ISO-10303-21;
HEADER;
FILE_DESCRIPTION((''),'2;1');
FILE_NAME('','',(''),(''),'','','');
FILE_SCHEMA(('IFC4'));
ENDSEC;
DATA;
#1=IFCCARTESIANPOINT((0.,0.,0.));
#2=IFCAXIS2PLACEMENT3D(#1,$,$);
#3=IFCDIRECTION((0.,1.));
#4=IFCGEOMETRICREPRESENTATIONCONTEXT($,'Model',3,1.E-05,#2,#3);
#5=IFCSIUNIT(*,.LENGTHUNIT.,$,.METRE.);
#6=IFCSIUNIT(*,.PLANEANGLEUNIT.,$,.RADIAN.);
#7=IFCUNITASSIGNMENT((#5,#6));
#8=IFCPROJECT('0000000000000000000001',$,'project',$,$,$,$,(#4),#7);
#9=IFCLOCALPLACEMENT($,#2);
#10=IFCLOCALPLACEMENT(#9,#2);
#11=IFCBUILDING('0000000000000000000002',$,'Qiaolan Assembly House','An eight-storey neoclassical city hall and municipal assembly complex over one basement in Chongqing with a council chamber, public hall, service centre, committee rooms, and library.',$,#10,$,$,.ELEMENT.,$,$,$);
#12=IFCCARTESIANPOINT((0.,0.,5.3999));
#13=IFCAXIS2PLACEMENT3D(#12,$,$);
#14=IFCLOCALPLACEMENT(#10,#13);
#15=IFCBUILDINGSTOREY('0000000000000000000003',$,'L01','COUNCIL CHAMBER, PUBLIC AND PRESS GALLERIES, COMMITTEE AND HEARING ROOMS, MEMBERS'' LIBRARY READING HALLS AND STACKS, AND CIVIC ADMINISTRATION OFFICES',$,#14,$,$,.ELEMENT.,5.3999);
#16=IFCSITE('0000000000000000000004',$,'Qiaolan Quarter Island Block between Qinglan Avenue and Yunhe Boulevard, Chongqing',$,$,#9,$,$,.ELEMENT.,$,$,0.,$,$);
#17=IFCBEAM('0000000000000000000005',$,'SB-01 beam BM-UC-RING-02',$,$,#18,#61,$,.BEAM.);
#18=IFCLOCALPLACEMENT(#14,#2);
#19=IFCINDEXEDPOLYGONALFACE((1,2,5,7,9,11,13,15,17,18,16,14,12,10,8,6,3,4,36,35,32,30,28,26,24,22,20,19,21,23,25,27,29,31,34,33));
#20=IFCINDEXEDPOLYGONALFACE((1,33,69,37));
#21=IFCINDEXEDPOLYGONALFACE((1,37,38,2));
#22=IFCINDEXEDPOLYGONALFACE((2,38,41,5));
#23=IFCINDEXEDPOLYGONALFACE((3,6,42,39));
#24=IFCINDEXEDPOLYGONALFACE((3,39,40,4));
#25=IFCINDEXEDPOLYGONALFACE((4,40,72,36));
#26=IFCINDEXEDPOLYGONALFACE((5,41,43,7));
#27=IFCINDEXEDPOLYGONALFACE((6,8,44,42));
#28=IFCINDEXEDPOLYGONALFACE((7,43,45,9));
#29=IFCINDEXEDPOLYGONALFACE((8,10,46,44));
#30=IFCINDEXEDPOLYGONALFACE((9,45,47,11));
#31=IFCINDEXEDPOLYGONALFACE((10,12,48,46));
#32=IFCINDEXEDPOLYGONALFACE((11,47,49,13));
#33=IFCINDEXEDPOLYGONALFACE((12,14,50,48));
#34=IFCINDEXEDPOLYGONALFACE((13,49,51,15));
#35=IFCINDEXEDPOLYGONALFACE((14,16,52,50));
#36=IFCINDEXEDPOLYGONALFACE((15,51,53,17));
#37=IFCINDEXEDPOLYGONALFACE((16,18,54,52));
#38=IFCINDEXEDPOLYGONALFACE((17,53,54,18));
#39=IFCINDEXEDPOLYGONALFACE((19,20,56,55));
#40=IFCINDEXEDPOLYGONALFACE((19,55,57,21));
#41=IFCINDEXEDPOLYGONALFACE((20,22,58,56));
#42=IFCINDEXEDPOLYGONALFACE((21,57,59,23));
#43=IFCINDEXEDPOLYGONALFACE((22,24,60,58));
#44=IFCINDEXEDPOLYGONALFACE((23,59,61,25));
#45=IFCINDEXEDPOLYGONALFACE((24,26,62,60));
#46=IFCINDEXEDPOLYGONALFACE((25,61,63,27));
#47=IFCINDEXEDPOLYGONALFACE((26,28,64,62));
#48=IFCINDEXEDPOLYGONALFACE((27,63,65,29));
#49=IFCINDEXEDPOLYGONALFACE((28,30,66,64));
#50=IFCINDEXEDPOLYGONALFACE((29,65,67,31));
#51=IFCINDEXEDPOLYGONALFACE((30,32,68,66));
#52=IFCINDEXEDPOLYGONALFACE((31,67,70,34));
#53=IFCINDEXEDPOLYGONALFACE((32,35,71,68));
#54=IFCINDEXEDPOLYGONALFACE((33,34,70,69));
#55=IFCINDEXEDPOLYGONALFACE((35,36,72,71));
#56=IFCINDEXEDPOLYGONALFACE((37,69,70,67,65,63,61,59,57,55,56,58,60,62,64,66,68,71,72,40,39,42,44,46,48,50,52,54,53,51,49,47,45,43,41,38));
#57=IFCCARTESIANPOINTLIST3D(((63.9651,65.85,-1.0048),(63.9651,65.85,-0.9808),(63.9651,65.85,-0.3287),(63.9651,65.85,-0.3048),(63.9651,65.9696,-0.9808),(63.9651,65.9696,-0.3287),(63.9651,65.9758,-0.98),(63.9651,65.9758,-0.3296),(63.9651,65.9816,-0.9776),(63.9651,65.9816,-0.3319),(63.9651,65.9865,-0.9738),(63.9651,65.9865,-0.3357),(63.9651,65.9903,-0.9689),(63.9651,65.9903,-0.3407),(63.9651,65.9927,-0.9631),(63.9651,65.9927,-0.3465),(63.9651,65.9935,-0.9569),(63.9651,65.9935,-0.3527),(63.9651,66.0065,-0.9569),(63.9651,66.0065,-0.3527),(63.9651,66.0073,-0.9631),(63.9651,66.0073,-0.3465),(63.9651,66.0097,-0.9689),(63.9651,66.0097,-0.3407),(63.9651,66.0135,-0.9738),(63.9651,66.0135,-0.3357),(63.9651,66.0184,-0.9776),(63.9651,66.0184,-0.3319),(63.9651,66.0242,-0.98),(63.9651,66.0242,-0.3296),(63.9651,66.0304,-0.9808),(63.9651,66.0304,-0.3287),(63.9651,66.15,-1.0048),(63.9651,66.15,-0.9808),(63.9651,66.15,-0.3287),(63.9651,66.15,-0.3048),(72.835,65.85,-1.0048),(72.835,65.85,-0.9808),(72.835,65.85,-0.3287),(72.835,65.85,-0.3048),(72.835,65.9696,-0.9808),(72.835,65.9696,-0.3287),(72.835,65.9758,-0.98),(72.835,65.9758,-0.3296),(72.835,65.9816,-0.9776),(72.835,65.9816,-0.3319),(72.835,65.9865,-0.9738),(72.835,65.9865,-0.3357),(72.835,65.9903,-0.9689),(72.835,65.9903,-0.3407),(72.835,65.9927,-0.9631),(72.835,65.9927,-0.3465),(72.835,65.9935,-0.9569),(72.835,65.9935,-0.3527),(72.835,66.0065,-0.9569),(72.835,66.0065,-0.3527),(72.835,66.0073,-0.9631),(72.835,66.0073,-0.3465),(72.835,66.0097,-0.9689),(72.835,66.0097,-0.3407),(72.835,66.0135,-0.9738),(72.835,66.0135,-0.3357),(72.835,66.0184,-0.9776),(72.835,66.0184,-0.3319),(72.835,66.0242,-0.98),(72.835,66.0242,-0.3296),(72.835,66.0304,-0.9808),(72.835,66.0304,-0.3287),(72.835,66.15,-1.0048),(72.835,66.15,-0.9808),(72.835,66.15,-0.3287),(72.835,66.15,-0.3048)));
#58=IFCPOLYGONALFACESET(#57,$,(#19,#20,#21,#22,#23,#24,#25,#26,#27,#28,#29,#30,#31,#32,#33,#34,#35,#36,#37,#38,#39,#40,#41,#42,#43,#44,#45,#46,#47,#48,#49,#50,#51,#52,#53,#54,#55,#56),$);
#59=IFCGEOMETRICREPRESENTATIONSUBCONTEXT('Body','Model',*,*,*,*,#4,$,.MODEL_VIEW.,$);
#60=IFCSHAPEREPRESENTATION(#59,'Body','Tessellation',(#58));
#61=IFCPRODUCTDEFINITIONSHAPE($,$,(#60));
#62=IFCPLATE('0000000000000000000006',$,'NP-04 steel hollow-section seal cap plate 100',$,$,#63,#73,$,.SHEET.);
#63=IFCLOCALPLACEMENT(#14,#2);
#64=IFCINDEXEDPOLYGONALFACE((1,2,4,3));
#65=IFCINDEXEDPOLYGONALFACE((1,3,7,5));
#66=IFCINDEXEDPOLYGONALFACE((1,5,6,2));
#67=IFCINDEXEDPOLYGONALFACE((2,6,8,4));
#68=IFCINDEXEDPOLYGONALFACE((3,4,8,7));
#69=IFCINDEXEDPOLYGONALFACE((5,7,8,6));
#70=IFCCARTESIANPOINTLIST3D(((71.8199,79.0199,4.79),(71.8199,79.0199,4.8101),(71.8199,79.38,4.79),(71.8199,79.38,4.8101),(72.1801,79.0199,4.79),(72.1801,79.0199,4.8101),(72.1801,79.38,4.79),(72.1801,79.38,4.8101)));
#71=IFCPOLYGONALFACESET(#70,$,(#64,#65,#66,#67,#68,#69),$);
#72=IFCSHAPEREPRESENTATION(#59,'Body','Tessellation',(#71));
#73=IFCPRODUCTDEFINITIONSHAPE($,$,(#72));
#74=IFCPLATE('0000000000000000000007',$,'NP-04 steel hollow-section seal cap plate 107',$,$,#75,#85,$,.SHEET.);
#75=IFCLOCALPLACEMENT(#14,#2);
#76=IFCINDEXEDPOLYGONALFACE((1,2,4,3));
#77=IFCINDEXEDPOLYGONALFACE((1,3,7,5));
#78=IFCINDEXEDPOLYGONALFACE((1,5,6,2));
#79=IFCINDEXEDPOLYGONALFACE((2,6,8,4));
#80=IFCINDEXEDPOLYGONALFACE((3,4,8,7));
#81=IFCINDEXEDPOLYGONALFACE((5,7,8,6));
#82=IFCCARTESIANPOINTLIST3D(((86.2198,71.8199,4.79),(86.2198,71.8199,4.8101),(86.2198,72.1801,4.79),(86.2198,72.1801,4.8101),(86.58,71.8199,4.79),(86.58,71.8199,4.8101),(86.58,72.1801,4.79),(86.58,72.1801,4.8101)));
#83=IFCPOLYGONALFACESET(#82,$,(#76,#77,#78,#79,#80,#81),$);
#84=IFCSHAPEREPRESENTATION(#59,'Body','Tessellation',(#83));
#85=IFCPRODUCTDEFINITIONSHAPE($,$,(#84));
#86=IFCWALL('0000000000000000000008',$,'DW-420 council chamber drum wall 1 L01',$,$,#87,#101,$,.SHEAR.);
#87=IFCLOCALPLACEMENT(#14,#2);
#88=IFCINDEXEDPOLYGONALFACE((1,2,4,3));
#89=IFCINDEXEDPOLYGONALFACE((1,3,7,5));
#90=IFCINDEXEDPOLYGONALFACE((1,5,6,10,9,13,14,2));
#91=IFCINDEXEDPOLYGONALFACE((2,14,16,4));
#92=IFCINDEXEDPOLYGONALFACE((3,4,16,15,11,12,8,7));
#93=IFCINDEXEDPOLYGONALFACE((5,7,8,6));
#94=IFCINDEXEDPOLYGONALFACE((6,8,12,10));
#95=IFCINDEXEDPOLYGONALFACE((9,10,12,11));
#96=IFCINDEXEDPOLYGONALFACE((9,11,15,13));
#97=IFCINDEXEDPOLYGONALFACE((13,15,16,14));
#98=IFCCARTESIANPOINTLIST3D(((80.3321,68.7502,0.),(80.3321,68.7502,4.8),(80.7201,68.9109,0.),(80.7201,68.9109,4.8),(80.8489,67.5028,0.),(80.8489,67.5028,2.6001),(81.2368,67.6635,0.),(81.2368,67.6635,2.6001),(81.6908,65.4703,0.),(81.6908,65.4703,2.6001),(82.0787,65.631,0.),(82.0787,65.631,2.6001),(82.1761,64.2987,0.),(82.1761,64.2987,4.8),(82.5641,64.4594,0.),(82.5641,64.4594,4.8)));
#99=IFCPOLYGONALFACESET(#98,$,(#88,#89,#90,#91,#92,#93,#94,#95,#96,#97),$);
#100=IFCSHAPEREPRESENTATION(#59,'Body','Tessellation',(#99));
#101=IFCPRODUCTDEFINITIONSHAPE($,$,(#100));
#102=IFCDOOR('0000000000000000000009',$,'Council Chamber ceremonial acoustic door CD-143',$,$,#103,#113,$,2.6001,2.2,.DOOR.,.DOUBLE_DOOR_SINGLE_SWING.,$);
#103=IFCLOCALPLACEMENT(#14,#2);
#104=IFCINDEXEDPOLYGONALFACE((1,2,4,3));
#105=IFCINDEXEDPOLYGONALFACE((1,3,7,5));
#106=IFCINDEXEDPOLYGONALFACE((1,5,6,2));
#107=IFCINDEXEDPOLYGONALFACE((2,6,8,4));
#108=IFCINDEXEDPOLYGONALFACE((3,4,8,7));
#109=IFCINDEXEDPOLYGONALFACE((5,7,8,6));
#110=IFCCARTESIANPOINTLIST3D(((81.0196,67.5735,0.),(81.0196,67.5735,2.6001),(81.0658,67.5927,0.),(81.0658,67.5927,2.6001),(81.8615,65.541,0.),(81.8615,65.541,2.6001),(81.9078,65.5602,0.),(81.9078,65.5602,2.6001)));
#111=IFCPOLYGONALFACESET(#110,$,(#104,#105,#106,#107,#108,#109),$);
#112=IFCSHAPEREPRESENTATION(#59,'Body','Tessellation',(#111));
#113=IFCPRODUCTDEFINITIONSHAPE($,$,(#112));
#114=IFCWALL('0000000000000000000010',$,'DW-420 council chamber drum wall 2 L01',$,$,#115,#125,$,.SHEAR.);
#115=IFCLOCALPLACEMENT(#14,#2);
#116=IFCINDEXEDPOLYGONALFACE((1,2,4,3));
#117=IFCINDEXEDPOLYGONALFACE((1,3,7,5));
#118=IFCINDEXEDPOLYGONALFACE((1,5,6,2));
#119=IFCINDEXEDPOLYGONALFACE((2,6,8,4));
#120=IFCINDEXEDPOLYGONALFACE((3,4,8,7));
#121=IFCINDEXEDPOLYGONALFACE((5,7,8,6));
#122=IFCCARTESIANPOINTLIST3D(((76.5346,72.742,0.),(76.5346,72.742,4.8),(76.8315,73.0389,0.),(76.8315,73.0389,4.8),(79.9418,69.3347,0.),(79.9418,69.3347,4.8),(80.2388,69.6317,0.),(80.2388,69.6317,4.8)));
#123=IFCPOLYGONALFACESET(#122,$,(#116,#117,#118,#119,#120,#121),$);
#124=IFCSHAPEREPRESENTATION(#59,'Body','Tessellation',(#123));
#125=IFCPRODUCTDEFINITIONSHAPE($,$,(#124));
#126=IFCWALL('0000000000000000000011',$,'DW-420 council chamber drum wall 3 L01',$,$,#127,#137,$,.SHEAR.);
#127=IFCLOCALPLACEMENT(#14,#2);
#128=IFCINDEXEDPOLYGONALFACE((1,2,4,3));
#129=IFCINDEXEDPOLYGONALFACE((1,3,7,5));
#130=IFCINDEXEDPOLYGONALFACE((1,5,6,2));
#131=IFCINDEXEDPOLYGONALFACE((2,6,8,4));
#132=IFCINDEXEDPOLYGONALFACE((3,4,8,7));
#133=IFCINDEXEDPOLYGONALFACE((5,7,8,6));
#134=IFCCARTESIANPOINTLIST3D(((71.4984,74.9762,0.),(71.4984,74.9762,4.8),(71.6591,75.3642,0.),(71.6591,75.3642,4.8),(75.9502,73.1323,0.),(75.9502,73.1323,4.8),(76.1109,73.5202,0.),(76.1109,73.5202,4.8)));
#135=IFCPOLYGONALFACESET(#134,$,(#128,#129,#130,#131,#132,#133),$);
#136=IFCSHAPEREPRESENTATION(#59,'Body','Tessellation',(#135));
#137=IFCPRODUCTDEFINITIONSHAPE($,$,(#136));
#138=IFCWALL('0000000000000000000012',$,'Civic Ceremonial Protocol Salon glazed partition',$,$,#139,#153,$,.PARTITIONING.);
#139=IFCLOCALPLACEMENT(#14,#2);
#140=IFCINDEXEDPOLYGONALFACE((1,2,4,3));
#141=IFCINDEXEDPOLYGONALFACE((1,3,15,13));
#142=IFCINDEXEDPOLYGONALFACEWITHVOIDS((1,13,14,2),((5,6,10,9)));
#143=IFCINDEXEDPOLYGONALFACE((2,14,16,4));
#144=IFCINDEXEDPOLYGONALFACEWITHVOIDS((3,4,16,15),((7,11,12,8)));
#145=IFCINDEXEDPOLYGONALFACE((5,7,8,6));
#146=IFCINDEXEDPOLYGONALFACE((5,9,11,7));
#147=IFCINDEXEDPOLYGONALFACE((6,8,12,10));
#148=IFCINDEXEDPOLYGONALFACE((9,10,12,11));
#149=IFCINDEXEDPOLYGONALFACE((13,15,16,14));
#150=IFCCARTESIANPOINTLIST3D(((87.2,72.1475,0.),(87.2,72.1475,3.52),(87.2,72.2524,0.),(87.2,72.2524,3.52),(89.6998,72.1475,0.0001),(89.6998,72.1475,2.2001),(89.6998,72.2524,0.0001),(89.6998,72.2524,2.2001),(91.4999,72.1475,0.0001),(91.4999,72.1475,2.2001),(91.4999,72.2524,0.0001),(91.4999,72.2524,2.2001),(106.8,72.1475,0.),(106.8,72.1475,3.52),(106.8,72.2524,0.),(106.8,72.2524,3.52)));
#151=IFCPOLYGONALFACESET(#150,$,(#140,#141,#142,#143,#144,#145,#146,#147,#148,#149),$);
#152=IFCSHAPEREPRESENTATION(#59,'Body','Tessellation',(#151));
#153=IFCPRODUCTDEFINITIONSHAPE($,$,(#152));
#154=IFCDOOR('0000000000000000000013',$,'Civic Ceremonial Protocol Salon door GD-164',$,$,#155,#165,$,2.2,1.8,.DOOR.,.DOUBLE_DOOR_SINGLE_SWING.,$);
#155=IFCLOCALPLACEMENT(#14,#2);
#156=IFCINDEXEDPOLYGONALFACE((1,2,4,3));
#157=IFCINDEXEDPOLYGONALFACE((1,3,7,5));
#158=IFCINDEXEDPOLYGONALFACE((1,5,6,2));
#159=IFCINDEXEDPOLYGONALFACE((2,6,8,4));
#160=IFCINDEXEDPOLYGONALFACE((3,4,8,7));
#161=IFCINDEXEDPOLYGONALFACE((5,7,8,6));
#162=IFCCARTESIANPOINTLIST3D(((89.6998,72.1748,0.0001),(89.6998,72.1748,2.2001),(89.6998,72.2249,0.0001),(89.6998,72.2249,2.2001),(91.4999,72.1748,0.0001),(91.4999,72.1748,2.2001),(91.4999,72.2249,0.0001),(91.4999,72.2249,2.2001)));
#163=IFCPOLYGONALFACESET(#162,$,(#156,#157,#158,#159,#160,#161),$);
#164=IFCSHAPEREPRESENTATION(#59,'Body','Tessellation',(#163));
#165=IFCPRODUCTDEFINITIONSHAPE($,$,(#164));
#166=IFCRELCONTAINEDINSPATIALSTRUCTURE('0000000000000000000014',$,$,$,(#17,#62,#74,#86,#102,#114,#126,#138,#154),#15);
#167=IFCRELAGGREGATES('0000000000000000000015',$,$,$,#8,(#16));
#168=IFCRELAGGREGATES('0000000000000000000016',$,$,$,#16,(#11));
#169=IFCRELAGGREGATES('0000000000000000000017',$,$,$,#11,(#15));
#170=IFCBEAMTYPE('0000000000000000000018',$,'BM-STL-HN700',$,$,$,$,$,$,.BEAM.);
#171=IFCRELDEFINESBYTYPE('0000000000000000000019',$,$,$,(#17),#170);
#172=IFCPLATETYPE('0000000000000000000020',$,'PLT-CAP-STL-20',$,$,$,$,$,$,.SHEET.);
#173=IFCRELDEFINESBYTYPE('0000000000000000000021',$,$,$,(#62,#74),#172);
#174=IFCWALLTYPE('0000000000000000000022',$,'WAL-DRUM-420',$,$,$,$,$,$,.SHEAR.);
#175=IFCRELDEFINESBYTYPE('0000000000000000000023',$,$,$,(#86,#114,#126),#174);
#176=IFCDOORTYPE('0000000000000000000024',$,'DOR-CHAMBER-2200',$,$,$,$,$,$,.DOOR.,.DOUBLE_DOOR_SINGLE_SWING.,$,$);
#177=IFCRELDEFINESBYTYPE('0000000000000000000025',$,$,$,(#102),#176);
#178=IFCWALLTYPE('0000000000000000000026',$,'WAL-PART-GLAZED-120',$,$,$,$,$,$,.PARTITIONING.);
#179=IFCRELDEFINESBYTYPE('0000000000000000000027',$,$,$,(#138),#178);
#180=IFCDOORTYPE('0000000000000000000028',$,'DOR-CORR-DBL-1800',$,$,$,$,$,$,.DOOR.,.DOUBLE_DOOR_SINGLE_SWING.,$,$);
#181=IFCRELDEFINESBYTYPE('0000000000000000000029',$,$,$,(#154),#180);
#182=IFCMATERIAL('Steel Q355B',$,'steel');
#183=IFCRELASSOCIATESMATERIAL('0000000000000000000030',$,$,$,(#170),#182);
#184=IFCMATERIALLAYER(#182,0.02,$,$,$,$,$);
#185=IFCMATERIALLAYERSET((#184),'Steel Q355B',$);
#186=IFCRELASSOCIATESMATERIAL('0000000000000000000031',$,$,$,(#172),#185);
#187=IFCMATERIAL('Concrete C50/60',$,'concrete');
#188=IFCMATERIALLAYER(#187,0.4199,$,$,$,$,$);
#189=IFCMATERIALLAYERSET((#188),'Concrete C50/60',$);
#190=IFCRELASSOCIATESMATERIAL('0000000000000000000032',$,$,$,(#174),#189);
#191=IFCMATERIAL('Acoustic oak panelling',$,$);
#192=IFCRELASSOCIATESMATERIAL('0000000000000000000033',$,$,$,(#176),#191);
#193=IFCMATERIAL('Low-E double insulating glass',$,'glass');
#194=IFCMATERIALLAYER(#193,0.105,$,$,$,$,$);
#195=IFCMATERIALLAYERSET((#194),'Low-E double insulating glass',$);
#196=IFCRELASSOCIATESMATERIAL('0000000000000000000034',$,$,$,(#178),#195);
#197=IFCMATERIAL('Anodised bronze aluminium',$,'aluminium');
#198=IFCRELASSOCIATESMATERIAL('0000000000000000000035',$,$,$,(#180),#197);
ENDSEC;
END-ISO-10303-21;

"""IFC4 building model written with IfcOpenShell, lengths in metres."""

from ifc_helpers import new_model, si_unit, direction, frame, frame_2d, origin, origin_2d, place, context, subcontext, project, spatial, rectangle, i_section, extrude, material, layer, layer_set, material_profile, profile_set, type_object, element, fill, save


model = new_model("IFC4")

# Units and contexts
model_context = context("Model", 3, precision=1e-05, world=origin(), true_north=direction((0.0, 1.0)))
body_context = subcontext(model_context, "Body", "Model", "MODEL_VIEW")
ifc_project = project(units=[si_unit("LENGTHUNIT", "METRE"), si_unit("PLANEANGLEUNIT", "RADIAN")], contexts=[model_context])

# Site, building, storey
site_placement = place(None, origin())
site = spatial("IfcSite", under=ifc_project, at=site_placement, Name="Qiaolan Quarter Island Block between Qinglan Avenue and Yunhe Boulevard, Chongqing", CompositionType="ELEMENT", RefElevation=0.0)
building_placement = place(site_placement, origin())
building = spatial("IfcBuilding", under=site, at=building_placement, Name="Qiaolan Assembly House", Description="An eight-storey neoclassical city hall and municipal assembly complex over one basement in Chongqing with a council chamber, public hall, service centre, committee rooms, and library.", CompositionType="ELEMENT")
storey_placement = place(building_placement, frame((0.0, 0.0, 5.3999)))
storey = spatial("IfcBuildingStorey", under=building, at=storey_placement, Name="L01", Description="COUNCIL CHAMBER, PUBLIC AND PRESS GALLERIES, COMMITTEE AND HEARING ROOMS, MEMBERS' LIBRARY READING HALLS AND STACKS, AND CIVIC ADMINISTRATION OFFICES", CompositionType="ELEMENT", Elevation=5.3999)

# Shared definitions
ifc_material_1 = material(Name="Concrete C50/60", Category="concrete")
ifc_material_2 = material(Name="Steel Q355B", Category="steel")

# Beam
ifc_material_profile_1 = material_profile(ifc_material_2, i_section(OverallWidth=0.3, OverallDepth=0.7, WebThickness=0.0129, FlangeThickness=0.0239, FilletRadius=0.0239, at=origin_2d()), Name="HN 700x300x13x24")
ifc_profile_set_1 = profile_set([ifc_material_profile_1], Name="Steel Q355B")
beam_type_1 = type_object("IfcBeamType", Name="BM-STL-HN700", PredefinedType="BEAM", material=ifc_profile_set_1)
beam_1_placement = place(storey_placement, frame((72.835, 66.0, -0.6548), z_axis=(-1.0, 0.0, 0.0), x_axis=(0.0, -1.0, 0.0)))
element("IfcBeam", 1, at=beam_1_placement, inside=storey, type_object=beam_type_1, Name="SB-01 beam BM-UC-RING-02", PredefinedType="BEAM", context=body_context, shape_type="SweptSolid", body=[
    extrude(i_section(OverallWidth=0.3, OverallDepth=0.7, WebThickness=0.0129, FlangeThickness=0.0239, FilletRadius=0.0239, at=origin_2d()), origin(), (0.0, 0.0, 1.0), 8.8699),
])

# Plates
ifc_layer_1 = layer(ifc_material_2, 0.02)
ifc_layer_set_1 = layer_set([ifc_layer_1], Name="Steel Q355B")
plate_type = type_object("IfcPlateType", Name="PLT-CAP-STL-20", PredefinedType="SHEET", material=ifc_layer_set_1)
for number, where, z_axis, x_axis, name in (
    (2, (72.0, 79.2, 4.79), (0.0, 0.0, 1.0), (1.0, 0.0, 0.0), "NP-04 steel hollow-section seal cap plate 100"),
    (3, (86.3999, 72.0, 4.79), (0.0, 0.0, 1.0), (1.0, 0.0, 0.0), "NP-04 steel hollow-section seal cap plate 107"),
):
    element("IfcPlate", number, at=place(storey_placement, frame(where, z_axis=z_axis, x_axis=x_axis)), inside=storey, type_object=plate_type, Name=name, PredefinedType="SHEET", context=body_context, shape_type="SweptSolid", body=[
        extrude(rectangle(XDim=0.3601, YDim=0.3601, at=origin_2d()), origin(), (0.0, 0.0, 1.0), 0.02),
    ])

# Wall, opening, door
ifc_layer_2 = layer(ifc_material_1, 0.4199)
ifc_layer_set_2 = layer_set([ifc_layer_2], Name="Concrete C50/60")
wall_type_1 = type_object("IfcWallType", Name="WAL-DRUM-420", PredefinedType="SHEAR", material=ifc_layer_set_2)
wall_1_placement = place(storey_placement, frame((80.5261, 68.8306, 0.0), z_axis=(0.0, 0.0, 1.0), x_axis=(0.382693, -0.923875, 0.0)))
wall_1 = element("IfcWall", 4, at=wall_1_placement, inside=storey, type_object=wall_type_1, Name="DW-420 council chamber drum wall 1 L01", PredefinedType="SHEAR", context=body_context, shape_type="SweptSolid", body=[
    extrude(rectangle(XDim=4.8184, YDim=0.4199, at=frame_2d((2.4092, 0.0))), origin(), (0.0, 0.0, 1.0), 4.8),
])
opening_1_placement = place(wall_1_placement, frame((1.3501, 0.0, 0.0)))
opening_1 = element("IfcOpeningElement", 5, at=opening_1_placement, cuts=wall_1, PredefinedType="OPENING", context=body_context, shape_type="SweptSolid", body=[
    extrude(rectangle(XDim=2.2, YDim=2.6001, at=frame_2d((1.1001, 1.3))), frame((0.0, 0.22, 0.0), z_axis=(0.0, -1.0, 0.0), x_axis=(1.0, 0.0, 0.0)), (0.0, 0.0, 1.0), 0.4399),
])
ifc_material_3 = material(Name="Acoustic oak panelling")
door_type_1 = type_object("IfcDoorType", Name="DOR-CHAMBER-2200", OperationType="DOUBLE_DOOR_SINGLE_SWING", PredefinedType="DOOR", material=ifc_material_3)
door_1_placement = place(opening_1_placement, origin())
door_1 = element("IfcDoor", 6, at=door_1_placement, inside=storey, type_object=door_type_1, Name="Council Chamber ceremonial acoustic door CD-143", OperationType="DOUBLE_DOOR_SINGLE_SWING", OverallHeight=2.6001, OverallWidth=2.2, PredefinedType="DOOR", context=body_context, shape_type="SweptSolid", body=[
    extrude(rectangle(XDim=2.2, YDim=2.6001, at=frame_2d((1.1001, 1.3))), frame((0.0, 0.0249, 0.0), z_axis=(0.0, -1.0, 0.0), x_axis=(1.0, 0.0, 0.0)), (0.0, 0.0, 1.0), 0.05),
])
fill(opening_1, door_1)

# Walls
for number, where, z_axis, x_axis, name in (
    (7, (76.6831, 72.8904, 0.0), (0.0, 0.0, 1.0), (0.707107, -0.707107, 0.0), "DW-420 council chamber drum wall 2 L01"),
    (8, (71.5789, 75.1702, 0.0), (0.0, 0.0, 1.0), (0.923883, -0.382675, 0.0), "DW-420 council chamber drum wall 3 L01"),
):
    element("IfcWall", number, at=place(storey_placement, frame(where, z_axis=z_axis, x_axis=x_axis)), inside=storey, type_object=wall_type_1, Name=name, PredefinedType="SHEAR", context=body_context, shape_type="SweptSolid", body=[
        extrude(rectangle(XDim=4.8186, YDim=0.4199, at=frame_2d((2.4092, 0.0))), origin(), (0.0, 0.0, 1.0), 4.8),
    ])

# Wall, opening, door
ifc_material_4 = material(Name="Low-E double insulating glass", Category="glass")
ifc_layer_3 = layer(ifc_material_4, 0.105)
ifc_layer_set_3 = layer_set([ifc_layer_3], Name="Low-E double insulating glass")
wall_type_2 = type_object("IfcWallType", Name="WAL-PART-GLAZED-120", PredefinedType="PARTITIONING", material=ifc_layer_set_3)
wall_2_placement = place(storey_placement, frame((87.2, 72.2, 0.0), z_axis=(0.0, 0.0, 1.0), x_axis=(1.0, 0.0, 0.0)))
wall_2 = element("IfcWall", 9, at=wall_2_placement, inside=storey, type_object=wall_type_2, Name="Civic Ceremonial Protocol Salon glazed partition", PredefinedType="PARTITIONING", context=body_context, shape_type="SweptSolid", body=[
    extrude(rectangle(XDim=19.6001, YDim=0.105, at=frame_2d((9.8, 0.0))), origin(), (0.0, 0.0, 1.0), 3.52),
])
opening_2_placement = place(wall_2_placement, frame((2.5, 0.0, 0.0)))
opening_2 = element("IfcOpeningElement", 10, at=opening_2_placement, cuts=wall_2, PredefinedType="OPENING", context=body_context, shape_type="SweptSolid", body=[
    extrude(rectangle(XDim=1.8, YDim=2.2, at=frame_2d((0.8999, 1.1001))), frame((0.0, 0.0625, 0.0), z_axis=(0.0, -1.0, 0.0), x_axis=(1.0, 0.0, 0.0)), (0.0, 0.0, 1.0), 0.125),
])
ifc_material_5 = material(Name="Anodised bronze aluminium", Category="aluminium")
door_type_2 = type_object("IfcDoorType", Name="DOR-CORR-DBL-1800", OperationType="DOUBLE_DOOR_SINGLE_SWING", PredefinedType="DOOR", material=ifc_material_5)
door_2_placement = place(opening_2_placement, origin())
door_2 = element("IfcDoor", 11, at=door_2_placement, inside=storey, type_object=door_type_2, Name="Civic Ceremonial Protocol Salon door GD-164", OperationType="DOUBLE_DOOR_SINGLE_SWING", OverallHeight=2.2, OverallWidth=1.8, PredefinedType="DOOR", context=body_context, shape_type="SweptSolid", body=[
    extrude(rectangle(XDim=1.8, YDim=2.2, at=frame_2d((0.8999, 1.1001))), frame((0.0, 0.0249, 0.0), z_axis=(0.0, -1.0, 0.0), x_axis=(1.0, 0.0, 0.0)), (0.0, 0.0, 1.0), 0.05),
])
fill(opening_2, door_2)

save(model, "model.ifc")
